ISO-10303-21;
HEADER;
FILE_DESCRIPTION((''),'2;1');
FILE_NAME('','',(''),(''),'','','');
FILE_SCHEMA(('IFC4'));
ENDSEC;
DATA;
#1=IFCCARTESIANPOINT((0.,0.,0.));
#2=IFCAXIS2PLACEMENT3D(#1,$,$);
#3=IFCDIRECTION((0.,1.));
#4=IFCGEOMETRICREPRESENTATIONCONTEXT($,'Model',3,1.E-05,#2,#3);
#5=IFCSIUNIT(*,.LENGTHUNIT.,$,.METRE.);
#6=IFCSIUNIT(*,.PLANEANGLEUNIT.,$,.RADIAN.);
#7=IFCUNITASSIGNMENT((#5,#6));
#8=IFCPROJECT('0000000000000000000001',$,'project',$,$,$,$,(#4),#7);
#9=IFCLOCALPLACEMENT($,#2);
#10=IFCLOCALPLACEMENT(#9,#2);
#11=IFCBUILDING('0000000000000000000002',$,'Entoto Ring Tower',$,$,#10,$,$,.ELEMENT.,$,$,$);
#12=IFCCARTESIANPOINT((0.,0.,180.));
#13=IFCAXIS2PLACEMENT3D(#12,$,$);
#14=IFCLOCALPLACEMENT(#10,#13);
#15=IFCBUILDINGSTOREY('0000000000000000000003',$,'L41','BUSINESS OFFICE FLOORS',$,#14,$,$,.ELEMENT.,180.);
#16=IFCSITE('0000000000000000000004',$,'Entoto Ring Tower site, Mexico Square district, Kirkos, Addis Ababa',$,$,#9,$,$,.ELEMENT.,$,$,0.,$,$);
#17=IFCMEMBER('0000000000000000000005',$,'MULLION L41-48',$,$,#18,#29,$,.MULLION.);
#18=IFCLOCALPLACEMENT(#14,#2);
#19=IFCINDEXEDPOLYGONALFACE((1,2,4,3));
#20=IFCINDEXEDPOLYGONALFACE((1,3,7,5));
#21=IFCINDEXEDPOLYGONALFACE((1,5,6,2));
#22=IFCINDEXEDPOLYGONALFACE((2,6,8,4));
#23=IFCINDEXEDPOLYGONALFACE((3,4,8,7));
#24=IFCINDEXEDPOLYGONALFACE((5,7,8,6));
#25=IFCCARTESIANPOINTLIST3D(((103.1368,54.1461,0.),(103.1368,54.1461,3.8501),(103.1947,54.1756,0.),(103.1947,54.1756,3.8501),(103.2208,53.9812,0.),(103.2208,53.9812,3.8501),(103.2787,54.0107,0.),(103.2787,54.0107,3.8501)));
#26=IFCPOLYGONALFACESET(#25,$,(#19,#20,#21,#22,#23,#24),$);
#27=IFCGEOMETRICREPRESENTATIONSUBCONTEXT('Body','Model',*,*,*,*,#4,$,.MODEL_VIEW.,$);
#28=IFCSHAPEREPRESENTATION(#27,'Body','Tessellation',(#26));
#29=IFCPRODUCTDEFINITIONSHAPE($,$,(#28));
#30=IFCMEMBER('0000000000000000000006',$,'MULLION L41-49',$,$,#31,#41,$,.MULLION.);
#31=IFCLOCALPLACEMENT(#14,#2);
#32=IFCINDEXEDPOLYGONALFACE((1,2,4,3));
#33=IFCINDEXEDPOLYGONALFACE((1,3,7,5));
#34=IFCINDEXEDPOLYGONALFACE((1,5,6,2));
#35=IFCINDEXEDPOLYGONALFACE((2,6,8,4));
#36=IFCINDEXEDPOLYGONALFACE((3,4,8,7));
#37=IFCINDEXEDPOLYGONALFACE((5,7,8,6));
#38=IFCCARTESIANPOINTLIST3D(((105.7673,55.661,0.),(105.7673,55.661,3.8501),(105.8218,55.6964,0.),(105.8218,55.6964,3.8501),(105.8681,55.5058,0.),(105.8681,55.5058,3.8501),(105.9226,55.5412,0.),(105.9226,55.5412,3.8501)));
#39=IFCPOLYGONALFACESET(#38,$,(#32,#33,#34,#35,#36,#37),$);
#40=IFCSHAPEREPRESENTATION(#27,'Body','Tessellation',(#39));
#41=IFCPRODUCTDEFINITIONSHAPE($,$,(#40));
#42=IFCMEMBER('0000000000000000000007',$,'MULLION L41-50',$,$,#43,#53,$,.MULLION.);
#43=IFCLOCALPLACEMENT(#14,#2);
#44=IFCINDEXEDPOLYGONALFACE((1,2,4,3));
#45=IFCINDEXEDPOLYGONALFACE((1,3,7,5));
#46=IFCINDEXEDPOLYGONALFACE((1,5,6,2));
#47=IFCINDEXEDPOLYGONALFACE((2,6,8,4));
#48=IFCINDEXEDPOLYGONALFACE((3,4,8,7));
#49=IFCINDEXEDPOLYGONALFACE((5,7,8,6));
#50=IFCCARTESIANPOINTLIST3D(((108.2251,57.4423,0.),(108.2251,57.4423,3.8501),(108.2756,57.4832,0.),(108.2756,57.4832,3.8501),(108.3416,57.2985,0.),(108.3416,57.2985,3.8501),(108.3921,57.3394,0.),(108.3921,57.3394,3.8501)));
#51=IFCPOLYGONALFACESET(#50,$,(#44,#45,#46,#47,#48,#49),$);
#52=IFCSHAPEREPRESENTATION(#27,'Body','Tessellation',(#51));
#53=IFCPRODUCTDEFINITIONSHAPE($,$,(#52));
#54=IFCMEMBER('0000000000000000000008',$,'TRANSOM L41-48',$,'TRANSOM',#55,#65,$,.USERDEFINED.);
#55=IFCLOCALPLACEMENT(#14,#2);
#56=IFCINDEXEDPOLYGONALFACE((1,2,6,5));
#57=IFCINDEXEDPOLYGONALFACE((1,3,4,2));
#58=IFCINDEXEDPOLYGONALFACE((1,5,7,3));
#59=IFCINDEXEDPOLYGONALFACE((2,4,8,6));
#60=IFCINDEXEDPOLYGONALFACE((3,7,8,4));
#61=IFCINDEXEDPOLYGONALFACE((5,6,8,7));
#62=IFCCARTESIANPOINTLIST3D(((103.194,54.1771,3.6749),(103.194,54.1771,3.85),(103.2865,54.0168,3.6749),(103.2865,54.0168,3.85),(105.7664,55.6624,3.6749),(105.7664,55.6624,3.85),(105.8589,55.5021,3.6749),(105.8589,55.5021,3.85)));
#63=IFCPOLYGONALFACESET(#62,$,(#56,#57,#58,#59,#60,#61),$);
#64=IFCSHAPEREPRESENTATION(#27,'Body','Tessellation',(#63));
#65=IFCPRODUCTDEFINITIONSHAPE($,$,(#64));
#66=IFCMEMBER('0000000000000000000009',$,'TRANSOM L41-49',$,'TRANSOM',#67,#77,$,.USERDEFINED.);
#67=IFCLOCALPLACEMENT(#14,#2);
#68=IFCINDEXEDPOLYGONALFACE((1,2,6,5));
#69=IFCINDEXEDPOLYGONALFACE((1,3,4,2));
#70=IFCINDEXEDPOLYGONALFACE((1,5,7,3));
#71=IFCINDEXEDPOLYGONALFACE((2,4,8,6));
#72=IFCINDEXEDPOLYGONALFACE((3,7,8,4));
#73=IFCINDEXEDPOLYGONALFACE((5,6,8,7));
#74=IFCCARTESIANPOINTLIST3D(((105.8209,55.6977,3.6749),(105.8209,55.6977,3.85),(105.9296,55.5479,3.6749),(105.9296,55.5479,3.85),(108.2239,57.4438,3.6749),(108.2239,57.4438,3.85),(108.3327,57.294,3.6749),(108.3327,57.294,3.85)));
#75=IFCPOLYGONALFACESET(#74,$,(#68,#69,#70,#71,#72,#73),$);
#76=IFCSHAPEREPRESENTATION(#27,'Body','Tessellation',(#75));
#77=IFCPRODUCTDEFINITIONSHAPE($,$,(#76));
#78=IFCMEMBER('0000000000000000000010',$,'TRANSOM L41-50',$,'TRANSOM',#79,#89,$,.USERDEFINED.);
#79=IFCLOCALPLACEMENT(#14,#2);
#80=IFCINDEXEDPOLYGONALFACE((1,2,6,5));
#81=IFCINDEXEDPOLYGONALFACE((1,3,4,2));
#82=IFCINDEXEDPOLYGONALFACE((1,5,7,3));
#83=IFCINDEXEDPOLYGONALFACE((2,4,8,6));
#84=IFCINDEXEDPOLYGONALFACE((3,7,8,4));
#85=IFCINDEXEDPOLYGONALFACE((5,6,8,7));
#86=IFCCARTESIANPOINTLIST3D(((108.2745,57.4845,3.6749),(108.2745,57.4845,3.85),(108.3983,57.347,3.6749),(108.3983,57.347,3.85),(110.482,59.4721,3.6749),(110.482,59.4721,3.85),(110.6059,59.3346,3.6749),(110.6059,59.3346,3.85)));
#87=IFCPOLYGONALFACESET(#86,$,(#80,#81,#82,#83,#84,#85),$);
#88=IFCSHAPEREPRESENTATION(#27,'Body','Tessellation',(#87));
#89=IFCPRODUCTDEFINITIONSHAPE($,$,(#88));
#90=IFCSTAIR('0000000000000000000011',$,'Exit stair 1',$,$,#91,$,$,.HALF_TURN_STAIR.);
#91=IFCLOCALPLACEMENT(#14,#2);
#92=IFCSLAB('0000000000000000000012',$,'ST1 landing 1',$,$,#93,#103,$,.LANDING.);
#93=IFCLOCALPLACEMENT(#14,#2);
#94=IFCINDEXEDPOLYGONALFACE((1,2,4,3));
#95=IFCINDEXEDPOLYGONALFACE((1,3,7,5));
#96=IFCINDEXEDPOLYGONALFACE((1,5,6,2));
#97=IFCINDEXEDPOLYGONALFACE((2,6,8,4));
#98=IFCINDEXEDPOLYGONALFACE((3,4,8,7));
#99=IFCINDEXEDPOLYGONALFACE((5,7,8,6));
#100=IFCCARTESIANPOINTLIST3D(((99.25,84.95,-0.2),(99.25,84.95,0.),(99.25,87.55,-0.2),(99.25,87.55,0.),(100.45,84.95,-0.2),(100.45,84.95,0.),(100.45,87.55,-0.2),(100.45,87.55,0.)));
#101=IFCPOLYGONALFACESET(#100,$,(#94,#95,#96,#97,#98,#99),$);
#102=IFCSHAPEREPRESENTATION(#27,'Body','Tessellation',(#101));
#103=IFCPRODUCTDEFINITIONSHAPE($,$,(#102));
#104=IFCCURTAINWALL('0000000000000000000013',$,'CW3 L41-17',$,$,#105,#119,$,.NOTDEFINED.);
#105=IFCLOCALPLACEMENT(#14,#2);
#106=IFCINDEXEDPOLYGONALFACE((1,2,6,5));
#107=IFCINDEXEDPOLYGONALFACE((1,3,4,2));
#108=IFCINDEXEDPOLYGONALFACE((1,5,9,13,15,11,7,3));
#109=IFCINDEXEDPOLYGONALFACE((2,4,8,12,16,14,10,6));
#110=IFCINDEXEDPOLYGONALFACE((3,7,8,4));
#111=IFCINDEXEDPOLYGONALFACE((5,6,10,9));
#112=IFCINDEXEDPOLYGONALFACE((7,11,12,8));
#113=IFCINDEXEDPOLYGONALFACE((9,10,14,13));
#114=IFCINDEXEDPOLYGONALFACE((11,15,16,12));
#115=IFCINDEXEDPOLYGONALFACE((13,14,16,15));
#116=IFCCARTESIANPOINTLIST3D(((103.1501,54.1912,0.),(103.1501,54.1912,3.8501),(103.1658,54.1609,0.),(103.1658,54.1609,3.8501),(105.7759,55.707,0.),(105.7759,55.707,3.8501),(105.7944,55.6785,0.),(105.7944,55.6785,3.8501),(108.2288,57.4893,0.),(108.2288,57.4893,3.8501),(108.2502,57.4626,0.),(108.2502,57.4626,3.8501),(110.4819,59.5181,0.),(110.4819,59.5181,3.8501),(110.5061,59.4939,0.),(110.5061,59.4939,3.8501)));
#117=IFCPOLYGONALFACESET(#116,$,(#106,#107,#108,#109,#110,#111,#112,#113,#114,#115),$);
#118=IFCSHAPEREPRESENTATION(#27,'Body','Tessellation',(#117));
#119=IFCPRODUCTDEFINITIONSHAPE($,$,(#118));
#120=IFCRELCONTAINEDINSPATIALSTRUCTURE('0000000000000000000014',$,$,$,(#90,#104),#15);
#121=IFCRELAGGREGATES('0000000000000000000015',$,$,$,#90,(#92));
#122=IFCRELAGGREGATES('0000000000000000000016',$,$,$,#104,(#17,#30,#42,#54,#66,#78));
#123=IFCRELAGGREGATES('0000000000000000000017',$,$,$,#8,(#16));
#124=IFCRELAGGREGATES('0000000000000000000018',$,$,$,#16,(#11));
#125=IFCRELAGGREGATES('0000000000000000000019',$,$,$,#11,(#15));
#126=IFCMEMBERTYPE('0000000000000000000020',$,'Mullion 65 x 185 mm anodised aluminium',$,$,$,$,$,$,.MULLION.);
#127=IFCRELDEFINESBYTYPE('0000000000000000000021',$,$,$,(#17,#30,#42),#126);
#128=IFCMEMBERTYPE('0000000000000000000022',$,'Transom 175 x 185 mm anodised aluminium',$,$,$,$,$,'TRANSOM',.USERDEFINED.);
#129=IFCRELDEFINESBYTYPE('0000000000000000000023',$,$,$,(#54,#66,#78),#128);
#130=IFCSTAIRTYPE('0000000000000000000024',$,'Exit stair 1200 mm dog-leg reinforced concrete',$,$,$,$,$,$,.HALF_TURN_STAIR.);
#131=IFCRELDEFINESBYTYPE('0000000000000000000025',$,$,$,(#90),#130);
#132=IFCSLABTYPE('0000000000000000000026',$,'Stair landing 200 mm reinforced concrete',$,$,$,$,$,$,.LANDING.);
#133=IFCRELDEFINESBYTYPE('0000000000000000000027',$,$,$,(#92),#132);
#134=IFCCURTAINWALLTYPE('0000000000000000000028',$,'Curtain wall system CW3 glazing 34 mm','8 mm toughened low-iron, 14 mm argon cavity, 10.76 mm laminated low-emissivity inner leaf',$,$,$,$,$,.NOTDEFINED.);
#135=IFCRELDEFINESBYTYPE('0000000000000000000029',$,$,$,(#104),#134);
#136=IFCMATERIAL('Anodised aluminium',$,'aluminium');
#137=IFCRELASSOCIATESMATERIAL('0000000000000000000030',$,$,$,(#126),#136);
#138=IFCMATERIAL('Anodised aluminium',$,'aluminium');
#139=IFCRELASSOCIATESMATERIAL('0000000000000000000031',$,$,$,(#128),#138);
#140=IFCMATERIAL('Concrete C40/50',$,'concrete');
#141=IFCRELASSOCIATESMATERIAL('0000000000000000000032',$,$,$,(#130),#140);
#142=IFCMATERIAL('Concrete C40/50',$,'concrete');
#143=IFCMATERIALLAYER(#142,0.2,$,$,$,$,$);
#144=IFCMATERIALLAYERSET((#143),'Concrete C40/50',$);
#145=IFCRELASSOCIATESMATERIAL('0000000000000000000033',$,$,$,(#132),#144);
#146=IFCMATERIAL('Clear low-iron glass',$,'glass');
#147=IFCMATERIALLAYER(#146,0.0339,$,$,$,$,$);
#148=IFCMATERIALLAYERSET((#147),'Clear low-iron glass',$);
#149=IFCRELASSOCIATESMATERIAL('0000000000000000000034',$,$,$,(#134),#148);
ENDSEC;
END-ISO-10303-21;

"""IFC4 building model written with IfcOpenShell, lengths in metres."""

from ifc_helpers import new_model, si_unit, direction, frame, origin, origin_2d, place, context, subcontext, project, spatial, polyline, rectangle, outline, extrude, material, layer, layer_set, material_profile, profile_set, type_object, element, aggregate, save


model = new_model("IFC4")

# Units and contexts
model_context = context("Model", 3, precision=1e-05, world=origin(), true_north=direction((0.0, 1.0)))
body_context = subcontext(model_context, "Body", "Model", "MODEL_VIEW")
ifc_project = project(units=[si_unit("LENGTHUNIT", "METRE"), si_unit("PLANEANGLEUNIT", "RADIAN")], contexts=[model_context])

# Members
ifc_material_1 = material(Name="Anodised aluminium", Category="aluminium")
ifc_material_profile_1 = material_profile(ifc_material_1, rectangle(XDim=0.0649, YDim=0.1851, at=origin_2d()), Name="Mullion 65 x 185 mm anodised aluminium")
ifc_profile_set_1 = profile_set([ifc_material_profile_1], Name="Anodised aluminium")
member_type_1 = type_object("IfcMemberType", Name="Mullion 65 x 185 mm anodised aluminium", PredefinedType="MULLION", material=ifc_profile_set_1)
site_placement = place(None, origin())
building_placement = place(site_placement, origin())
storey_placement = place(building_placement, frame((0.0, 0.0, 180.0)))
member_1_placement = place(storey_placement, frame((103.2078, 54.0784, 0.0), z_axis=(0.0, 0.0, 1.0), x_axis=(0.891007, 0.45399, 0.0)))
member_1 = element("IfcMember", 1, at=member_1_placement, type_object=member_type_1, Name="MULLION L41-48", PredefinedType="MULLION", context=body_context, shape_type="SweptSolid", body=[
    extrude(rectangle(XDim=0.0649, YDim=0.1851, at=origin_2d()), origin(), (0.0, 0.0, 1.0), 3.8501),
])
member_2_placement = place(storey_placement, frame((105.845, 55.6011, 0.0), z_axis=(0.0, 0.0, 1.0), x_axis=(0.838671, 0.544639, 0.0)))
member_2 = element("IfcMember", 2, at=member_2_placement, type_object=member_type_1, Name="MULLION L41-49", PredefinedType="MULLION", context=body_context, shape_type="SweptSolid", body=[
    extrude(rectangle(XDim=0.0649, YDim=0.1851, at=origin_2d()), origin(), (0.0, 0.0, 1.0), 3.8501),
])
member_3_placement = place(storey_placement, frame((108.3086, 57.3909, 0.0), z_axis=(0.0, 0.0, 1.0), x_axis=(0.777146, 0.62932, 0.0)))
member_3 = element("IfcMember", 3, at=member_3_placement, type_object=member_type_1, Name="MULLION L41-50", PredefinedType="MULLION", context=body_context, shape_type="SweptSolid", body=[
    extrude(rectangle(XDim=0.0649, YDim=0.1851, at=origin_2d()), origin(), (0.0, 0.0, 1.0), 3.8501),
])
ifc_material_2 = material(Name="Anodised aluminium", Category="aluminium")
ifc_material_profile_2 = material_profile(ifc_material_2, rectangle(XDim=0.1851, YDim=0.175, at=origin_2d()), Name="Transom 175 x 185 mm anodised aluminium")
ifc_profile_set_2 = profile_set([ifc_material_profile_2], Name="Anodised aluminium")
member_type_2 = type_object("IfcMemberType", Name="Transom 175 x 185 mm anodised aluminium", ElementType="TRANSOM", PredefinedType="USERDEFINED", material=ifc_profile_set_2)
member_4_placement = place(storey_placement, frame((103.2402, 54.0969, 3.7625), z_axis=(0.866009, 0.500028, 0.0), x_axis=(-0.500028, 0.866009, 0.0)))
member_4 = element("IfcMember", 4, at=member_4_placement, type_object=member_type_2, Name="TRANSOM L41-48", ObjectType="TRANSOM", PredefinedType="USERDEFINED", context=body_context, shape_type="SweptSolid", body=[
    extrude(rectangle(XDim=0.1851, YDim=0.175, at=origin_2d()), origin(), (0.0, 0.0, 1.0), 2.9705),
])
member_5_placement = place(storey_placement, frame((105.8752, 55.6228, 3.7625), z_axis=(0.808992, 0.58782, 0.0), x_axis=(-0.58782, 0.808992, 0.0)))
member_5 = element("IfcMember", 5, at=member_5_placement, type_object=member_type_2, Name="TRANSOM L41-49", ObjectType="TRANSOM", PredefinedType="USERDEFINED", context=body_context, shape_type="SweptSolid", body=[
    extrude(rectangle(XDim=0.1851, YDim=0.175, at=origin_2d()), origin(), (0.0, 0.0, 1.0), 2.9705),
])
member_6_placement = place(storey_placement, frame((108.3364, 57.4158, 3.7625), z_axis=(0.743163, 0.66911, 0.0), x_axis=(-0.66911, 0.743163, 0.0)))
member_6 = element("IfcMember", 6, at=member_6_placement, type_object=member_type_2, Name="TRANSOM L41-50", ObjectType="TRANSOM", PredefinedType="USERDEFINED", context=body_context, shape_type="SweptSolid", body=[
    extrude(rectangle(XDim=0.1851, YDim=0.175, at=origin_2d()), origin(), (0.0, 0.0, 1.0), 2.9705),
])

# Site, building, storey
site = spatial("IfcSite", under=ifc_project, at=site_placement, Name="Entoto Ring Tower site, Mexico Square district, Kirkos, Addis Ababa", CompositionType="ELEMENT", RefElevation=0.0)
building = spatial("IfcBuilding", under=site, at=building_placement, Name="Entoto Ring Tower", CompositionType="ELEMENT")
storey = spatial("IfcBuildingStorey", under=building, at=storey_placement, Name="L41", Description="BUSINESS OFFICE FLOORS", CompositionType="ELEMENT", Elevation=180.0)

# Stair, slab
ifc_material_3 = material(Name="Concrete C40/50", Category="concrete")
stair_type = type_object("IfcStairType", Name="Exit stair 1200 mm dog-leg reinforced concrete", PredefinedType="HALF_TURN_STAIR", material=ifc_material_3)
stair_placement = place(storey_placement, origin())
stair = element("IfcStair", 7, at=stair_placement, inside=storey, type_object=stair_type, Name="Exit stair 1", PredefinedType="HALF_TURN_STAIR")
ifc_material_4 = material(Name="Concrete C40/50", Category="concrete")
ifc_layer_1 = layer(ifc_material_4, 0.2)
ifc_layer_set_1 = layer_set([ifc_layer_1], Name="Concrete C40/50")
slab_type = type_object("IfcSlabType", Name="Stair landing 200 mm reinforced concrete", PredefinedType="LANDING", material=ifc_layer_set_1)
slab_placement = place(storey_placement, frame((0.0, 0.0, -0.2)))
slab = element("IfcSlab", 8, at=slab_placement, type_object=slab_type, Name="ST1 landing 1", PredefinedType="LANDING", context=body_context, shape_type="SweptSolid", body=[
    extrude(outline(polyline([(100.45, 84.95), (100.45, 87.55), (99.25, 87.55), (99.25, 84.95), (100.45, 84.95)])), origin(), (0.0, 0.0, 1.0), 0.2),
])
aggregate(stair, [slab])

# Curtain wall
ifc_material_5 = material(Name="Clear low-iron glass", Category="glass")
ifc_layer_2 = layer(ifc_material_5, 0.0339)
ifc_layer_set_2 = layer_set([ifc_layer_2], Name="Clear low-iron glass")
curtain_wall_type = type_object("IfcCurtainWallType", Name="Curtain wall system CW3 glazing 34 mm", Description="8 mm toughened low-iron, 14 mm argon cavity, 10.76 mm laminated low-emissivity inner leaf", PredefinedType="NOTDEFINED", material=ifc_layer_set_2)
curtain_wall_1_placement = place(storey_placement, origin())
curtain_wall_1 = element("IfcCurtainWall", 9, at=curtain_wall_1_placement, inside=storey, type_object=curtain_wall_type, Name="CW3 L41-17", PredefinedType="NOTDEFINED", context=body_context, shape_type="SweptSolid", body=[
    extrude(outline(polyline([(103.1658, 54.1609), (105.7944, 55.6785), (108.2502, 57.4626), (110.5061, 59.4939), (110.4819, 59.5181), (108.2288, 57.4893), (105.7759, 55.707), (103.1501, 54.1912), (103.1658, 54.1609)])), origin(), (0.0, 0.0, 1.0), 3.8501),
])
aggregate(curtain_wall_1, [member_1, member_2, member_3, member_4, member_5, member_6])

save(model, "model.ifc")
